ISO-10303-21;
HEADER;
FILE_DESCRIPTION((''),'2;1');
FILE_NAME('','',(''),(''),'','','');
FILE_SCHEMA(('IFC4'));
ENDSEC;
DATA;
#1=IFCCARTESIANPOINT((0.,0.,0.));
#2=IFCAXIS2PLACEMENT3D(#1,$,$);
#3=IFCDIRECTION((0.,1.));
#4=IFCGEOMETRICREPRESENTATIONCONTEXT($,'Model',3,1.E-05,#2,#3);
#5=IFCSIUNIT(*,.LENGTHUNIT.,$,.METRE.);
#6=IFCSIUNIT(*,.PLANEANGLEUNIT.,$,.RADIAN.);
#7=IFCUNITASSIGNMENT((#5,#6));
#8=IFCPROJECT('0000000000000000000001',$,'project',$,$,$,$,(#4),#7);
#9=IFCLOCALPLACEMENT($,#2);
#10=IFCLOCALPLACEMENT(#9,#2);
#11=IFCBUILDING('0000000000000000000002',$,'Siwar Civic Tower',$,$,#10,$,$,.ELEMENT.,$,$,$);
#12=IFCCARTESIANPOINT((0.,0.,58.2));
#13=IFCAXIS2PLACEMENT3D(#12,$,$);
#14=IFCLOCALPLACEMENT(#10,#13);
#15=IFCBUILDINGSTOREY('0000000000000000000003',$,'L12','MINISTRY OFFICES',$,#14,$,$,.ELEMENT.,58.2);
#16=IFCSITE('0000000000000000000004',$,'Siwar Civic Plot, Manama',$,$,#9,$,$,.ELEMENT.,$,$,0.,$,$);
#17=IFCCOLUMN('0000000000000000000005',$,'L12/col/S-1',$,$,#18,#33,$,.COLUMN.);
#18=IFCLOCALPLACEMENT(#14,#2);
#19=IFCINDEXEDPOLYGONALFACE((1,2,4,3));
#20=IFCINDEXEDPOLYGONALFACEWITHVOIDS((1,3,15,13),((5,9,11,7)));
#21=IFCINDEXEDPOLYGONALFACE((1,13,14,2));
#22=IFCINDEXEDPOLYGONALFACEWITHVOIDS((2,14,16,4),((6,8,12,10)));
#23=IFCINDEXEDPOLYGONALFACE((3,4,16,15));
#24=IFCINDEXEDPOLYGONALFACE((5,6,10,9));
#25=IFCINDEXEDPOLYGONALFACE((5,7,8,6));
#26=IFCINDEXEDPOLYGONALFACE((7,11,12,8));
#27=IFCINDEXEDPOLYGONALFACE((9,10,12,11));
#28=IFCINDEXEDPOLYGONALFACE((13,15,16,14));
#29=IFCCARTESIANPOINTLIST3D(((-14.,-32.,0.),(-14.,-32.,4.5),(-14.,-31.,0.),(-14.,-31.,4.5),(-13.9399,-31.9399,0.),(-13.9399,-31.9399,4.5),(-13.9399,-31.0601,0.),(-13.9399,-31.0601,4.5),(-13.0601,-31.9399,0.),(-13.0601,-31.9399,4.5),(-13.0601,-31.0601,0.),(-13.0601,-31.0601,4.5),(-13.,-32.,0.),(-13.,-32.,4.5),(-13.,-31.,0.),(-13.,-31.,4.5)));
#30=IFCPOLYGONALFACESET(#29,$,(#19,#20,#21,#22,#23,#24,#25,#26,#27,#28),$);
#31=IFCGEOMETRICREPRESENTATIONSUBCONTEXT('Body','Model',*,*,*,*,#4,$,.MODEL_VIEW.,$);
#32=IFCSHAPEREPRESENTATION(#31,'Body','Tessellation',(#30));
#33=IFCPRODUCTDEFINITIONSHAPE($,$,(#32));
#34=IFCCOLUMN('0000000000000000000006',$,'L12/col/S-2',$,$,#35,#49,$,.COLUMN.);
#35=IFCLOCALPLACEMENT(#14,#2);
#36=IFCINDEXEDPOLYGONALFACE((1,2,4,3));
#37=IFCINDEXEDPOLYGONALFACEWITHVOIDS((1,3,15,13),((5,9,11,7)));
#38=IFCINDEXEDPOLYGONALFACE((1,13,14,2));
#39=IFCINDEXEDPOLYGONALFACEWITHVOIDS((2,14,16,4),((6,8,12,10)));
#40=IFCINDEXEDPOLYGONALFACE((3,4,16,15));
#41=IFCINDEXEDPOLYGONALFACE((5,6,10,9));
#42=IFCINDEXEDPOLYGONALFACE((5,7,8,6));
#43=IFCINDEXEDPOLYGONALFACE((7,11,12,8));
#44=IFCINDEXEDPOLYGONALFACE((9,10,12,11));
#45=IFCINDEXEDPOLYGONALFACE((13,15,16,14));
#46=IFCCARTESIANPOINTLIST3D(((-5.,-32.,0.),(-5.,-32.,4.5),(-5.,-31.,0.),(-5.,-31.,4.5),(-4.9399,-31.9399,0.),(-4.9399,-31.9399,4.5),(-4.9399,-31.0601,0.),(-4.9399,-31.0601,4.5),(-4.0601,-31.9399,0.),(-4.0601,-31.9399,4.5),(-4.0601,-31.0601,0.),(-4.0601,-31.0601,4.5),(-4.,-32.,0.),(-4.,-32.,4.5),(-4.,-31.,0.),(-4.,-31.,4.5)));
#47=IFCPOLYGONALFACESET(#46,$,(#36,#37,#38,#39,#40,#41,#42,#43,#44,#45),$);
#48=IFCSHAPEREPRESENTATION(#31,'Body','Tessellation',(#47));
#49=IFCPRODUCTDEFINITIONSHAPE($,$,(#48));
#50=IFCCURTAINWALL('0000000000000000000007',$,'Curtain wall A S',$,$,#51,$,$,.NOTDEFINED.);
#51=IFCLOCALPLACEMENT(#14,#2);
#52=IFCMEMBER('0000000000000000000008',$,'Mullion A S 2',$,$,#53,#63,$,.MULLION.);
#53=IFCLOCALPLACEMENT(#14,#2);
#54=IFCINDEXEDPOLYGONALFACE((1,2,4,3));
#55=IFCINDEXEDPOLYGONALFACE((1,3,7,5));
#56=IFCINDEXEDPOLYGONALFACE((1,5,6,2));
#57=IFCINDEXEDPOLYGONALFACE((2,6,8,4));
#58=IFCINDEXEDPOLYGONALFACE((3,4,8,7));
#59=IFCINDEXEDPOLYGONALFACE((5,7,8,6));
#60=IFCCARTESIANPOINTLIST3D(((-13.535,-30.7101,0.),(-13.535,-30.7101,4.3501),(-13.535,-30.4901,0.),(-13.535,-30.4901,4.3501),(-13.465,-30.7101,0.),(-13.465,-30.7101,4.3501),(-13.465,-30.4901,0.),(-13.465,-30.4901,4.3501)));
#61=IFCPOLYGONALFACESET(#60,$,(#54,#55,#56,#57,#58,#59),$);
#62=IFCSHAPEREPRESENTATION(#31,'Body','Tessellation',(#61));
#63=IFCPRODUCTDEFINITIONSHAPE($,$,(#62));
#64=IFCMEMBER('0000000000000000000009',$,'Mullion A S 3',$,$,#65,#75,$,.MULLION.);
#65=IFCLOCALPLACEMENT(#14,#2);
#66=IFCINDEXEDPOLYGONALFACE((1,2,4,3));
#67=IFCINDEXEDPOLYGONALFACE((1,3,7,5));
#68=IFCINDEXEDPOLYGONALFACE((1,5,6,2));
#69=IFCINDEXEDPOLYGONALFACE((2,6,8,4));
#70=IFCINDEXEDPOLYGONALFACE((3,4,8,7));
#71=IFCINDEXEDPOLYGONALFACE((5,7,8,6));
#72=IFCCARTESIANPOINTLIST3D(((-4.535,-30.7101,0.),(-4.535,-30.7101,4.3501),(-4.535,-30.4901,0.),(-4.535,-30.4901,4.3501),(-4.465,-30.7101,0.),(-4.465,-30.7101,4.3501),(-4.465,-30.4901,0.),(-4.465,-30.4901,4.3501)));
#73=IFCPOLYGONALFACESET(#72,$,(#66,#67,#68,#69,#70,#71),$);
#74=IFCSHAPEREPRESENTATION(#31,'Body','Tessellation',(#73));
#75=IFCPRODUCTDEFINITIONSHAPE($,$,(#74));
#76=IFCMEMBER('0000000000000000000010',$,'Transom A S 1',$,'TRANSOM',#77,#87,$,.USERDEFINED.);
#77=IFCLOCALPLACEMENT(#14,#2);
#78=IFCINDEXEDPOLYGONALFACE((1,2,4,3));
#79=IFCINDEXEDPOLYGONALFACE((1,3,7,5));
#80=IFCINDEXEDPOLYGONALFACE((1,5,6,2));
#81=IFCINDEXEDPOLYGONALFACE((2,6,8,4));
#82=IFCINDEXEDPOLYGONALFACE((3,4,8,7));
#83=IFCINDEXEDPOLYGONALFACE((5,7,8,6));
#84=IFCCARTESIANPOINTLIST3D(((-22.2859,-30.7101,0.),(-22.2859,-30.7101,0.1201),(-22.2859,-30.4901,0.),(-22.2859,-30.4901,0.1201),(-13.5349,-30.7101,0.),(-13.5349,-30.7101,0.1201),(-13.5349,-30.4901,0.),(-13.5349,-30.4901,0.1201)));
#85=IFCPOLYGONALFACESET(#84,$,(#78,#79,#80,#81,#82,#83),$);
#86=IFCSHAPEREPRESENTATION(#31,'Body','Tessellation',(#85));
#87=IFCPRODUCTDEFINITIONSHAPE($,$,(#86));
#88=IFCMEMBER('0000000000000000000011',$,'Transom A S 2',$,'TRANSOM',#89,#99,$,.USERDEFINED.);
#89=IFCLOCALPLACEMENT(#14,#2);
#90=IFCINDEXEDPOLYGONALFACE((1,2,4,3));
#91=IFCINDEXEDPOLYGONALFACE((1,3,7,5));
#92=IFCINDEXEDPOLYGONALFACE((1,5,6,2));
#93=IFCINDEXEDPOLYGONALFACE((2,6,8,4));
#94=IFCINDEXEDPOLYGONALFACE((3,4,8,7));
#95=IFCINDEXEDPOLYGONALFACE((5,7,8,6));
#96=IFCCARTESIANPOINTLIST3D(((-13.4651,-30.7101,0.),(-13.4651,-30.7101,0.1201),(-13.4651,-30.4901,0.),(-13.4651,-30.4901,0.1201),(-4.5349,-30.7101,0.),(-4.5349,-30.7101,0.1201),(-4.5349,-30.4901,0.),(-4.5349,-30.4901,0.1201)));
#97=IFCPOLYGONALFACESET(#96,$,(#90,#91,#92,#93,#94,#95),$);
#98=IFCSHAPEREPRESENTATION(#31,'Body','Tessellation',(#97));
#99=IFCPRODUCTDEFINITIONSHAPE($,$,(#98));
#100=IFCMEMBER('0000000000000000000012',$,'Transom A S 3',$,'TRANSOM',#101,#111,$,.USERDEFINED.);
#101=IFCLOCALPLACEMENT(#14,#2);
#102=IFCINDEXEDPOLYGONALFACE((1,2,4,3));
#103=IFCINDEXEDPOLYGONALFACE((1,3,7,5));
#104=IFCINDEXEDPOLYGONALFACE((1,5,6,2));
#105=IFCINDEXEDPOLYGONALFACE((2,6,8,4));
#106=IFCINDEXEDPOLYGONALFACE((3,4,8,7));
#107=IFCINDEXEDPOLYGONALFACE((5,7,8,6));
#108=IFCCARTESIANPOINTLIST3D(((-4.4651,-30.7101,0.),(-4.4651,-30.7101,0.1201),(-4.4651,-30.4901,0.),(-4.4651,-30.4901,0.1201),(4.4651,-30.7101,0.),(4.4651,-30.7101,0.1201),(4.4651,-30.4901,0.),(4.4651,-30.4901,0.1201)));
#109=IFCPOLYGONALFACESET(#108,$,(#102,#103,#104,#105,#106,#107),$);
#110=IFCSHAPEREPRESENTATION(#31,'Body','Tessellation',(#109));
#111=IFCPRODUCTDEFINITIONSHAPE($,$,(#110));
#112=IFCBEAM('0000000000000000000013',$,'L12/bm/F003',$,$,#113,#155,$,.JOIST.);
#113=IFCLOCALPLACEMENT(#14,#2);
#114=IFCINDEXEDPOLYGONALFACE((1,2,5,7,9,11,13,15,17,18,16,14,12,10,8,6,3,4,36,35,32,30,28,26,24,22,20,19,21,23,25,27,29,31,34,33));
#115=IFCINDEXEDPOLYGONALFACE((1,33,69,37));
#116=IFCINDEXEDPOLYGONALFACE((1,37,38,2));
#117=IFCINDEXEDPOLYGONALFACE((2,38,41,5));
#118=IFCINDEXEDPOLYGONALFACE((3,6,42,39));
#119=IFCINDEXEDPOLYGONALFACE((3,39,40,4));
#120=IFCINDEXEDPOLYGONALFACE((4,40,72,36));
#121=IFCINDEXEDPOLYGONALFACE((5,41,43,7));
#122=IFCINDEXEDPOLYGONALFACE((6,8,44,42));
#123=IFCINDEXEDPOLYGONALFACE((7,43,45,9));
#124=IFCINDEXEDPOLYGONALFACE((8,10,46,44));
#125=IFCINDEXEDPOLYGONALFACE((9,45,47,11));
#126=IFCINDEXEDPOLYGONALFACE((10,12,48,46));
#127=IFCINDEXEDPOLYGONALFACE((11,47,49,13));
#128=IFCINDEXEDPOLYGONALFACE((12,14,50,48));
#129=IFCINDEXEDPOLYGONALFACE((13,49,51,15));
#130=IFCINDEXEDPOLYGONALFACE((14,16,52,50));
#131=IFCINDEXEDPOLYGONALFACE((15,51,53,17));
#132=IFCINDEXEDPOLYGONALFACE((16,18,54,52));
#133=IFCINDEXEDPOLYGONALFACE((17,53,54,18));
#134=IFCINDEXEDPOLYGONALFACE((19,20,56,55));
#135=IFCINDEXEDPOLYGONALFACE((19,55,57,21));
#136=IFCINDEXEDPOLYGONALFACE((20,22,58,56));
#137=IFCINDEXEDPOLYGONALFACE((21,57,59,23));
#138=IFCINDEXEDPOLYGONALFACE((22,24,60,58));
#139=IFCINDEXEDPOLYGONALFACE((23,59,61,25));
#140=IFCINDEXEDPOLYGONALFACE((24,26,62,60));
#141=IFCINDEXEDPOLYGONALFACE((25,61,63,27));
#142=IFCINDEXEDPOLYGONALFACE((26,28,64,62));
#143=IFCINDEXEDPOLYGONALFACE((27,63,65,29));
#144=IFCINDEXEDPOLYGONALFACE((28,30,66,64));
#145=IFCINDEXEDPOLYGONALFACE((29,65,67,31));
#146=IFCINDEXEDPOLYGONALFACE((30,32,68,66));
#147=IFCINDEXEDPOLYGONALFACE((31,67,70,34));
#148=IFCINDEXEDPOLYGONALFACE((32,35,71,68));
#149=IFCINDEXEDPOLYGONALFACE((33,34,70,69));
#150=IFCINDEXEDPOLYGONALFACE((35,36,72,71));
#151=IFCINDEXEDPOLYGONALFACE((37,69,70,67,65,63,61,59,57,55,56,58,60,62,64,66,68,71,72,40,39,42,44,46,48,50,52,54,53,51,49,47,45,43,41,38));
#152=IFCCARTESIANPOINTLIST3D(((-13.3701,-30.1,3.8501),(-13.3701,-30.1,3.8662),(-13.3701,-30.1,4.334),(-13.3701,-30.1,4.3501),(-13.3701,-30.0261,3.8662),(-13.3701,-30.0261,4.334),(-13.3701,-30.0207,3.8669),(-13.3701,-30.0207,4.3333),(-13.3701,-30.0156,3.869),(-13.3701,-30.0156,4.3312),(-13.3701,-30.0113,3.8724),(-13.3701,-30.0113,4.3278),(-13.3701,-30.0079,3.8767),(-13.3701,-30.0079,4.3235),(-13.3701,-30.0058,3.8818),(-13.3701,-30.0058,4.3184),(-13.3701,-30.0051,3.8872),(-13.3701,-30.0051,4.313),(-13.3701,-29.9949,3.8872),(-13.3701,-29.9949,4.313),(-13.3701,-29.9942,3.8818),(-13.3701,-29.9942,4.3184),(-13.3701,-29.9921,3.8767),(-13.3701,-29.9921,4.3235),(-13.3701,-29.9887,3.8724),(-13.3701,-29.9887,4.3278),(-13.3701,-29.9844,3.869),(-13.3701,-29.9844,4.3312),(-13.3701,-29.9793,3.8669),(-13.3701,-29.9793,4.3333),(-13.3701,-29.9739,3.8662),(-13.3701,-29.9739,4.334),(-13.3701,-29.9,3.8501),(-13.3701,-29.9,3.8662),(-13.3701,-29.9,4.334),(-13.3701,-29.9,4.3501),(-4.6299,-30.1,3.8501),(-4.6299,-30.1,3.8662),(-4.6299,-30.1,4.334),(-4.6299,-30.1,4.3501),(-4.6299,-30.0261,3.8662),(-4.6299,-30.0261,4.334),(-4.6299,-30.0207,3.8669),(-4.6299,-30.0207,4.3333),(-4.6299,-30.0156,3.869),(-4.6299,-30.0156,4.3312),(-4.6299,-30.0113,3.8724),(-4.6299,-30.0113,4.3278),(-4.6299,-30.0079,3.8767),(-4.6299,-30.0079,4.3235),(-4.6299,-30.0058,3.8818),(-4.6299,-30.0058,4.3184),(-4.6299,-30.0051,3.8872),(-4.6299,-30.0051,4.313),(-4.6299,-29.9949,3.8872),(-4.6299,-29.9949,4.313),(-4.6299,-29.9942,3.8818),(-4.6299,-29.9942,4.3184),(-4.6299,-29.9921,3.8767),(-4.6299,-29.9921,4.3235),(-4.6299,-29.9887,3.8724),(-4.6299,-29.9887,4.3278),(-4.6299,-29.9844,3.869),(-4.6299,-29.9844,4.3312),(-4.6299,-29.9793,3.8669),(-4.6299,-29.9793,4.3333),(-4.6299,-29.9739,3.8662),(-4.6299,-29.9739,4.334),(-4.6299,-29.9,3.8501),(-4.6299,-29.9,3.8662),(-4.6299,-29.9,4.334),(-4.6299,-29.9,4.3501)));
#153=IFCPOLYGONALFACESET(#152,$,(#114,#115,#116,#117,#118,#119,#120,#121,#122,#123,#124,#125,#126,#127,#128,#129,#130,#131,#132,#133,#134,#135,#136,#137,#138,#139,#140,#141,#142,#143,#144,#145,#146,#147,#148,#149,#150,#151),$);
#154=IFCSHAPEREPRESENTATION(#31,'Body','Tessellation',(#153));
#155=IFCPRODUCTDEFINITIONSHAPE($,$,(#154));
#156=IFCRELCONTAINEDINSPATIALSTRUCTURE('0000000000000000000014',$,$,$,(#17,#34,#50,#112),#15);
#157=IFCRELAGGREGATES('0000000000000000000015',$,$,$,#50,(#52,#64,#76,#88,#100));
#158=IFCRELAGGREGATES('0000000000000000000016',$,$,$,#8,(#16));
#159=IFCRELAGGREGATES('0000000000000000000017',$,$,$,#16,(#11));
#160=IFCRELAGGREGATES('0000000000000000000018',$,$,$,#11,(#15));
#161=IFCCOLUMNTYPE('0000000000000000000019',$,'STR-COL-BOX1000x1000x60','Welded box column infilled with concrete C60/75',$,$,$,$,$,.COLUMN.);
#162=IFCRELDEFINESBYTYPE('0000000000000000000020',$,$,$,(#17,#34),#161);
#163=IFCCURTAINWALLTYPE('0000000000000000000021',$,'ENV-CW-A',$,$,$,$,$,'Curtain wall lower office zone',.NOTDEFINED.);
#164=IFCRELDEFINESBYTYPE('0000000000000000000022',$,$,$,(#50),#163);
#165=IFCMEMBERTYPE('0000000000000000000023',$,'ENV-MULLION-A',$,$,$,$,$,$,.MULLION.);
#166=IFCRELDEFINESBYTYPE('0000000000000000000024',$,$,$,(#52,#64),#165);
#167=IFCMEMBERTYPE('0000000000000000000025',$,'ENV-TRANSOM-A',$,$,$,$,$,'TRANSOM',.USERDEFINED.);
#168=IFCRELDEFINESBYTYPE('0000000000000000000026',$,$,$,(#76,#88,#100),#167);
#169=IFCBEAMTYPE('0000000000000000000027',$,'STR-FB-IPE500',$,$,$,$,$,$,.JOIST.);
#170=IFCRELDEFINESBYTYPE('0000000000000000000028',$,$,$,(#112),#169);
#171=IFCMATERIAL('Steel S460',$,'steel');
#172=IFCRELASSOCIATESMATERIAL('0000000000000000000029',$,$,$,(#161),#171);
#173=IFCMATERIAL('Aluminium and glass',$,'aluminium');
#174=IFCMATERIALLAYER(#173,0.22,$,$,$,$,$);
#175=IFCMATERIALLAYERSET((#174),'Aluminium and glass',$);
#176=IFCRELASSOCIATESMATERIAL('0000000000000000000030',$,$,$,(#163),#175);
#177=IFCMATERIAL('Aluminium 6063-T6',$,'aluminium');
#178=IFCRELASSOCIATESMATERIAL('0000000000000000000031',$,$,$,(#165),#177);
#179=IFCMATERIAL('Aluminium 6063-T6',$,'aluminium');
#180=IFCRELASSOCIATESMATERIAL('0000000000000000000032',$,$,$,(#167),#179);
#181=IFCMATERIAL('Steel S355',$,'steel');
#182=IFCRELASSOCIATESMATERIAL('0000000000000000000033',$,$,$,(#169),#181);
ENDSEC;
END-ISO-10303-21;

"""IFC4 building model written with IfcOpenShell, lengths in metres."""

from ifc_helpers import new_model, si_unit, direction, frame, origin, origin_2d, place, context, subcontext, project, spatial, rectangle, hollow_rectangle, i_section, extrude, material, layer, layer_set, material_profile, profile_set, type_object, element, aggregate, save


model = new_model("IFC4")

# Units and contexts
model_context = context("Model", 3, precision=1e-05, world=origin(), true_north=direction((0.0, 1.0)))
body_context = subcontext(model_context, "Body", "Model", "MODEL_VIEW")
ifc_project = project(units=[si_unit("LENGTHUNIT", "METRE"), si_unit("PLANEANGLEUNIT", "RADIAN")], contexts=[model_context])

# Site, building, storey
site_placement = place(None, origin())
site = spatial("IfcSite", under=ifc_project, at=site_placement, Name="Siwar Civic Plot, Manama", CompositionType="ELEMENT", RefElevation=0.0)
building_placement = place(site_placement, origin())
building = spatial("IfcBuilding", under=site, at=building_placement, Name="Siwar Civic Tower", CompositionType="ELEMENT")
storey_placement = place(building_placement, frame((0.0, 0.0, 58.2)))
storey = spatial("IfcBuildingStorey", under=building, at=storey_placement, Name="L12", Description="MINISTRY OFFICES", CompositionType="ELEMENT", Elevation=58.2)

# Columns
ifc_material_1 = material(Name="Steel S460", Category="steel")
ifc_material_profile_1 = material_profile(ifc_material_1, hollow_rectangle(XDim=1.0, YDim=1.0, WallThickness=0.0601, at=origin_2d()), Name="BOX1000x1000x60")
ifc_profile_set_1 = profile_set([ifc_material_profile_1], Name="Steel S460")
column_type = type_object("IfcColumnType", Name="STR-COL-BOX1000x1000x60", Description="Welded box column infilled with concrete C60/75", PredefinedType="COLUMN", material=ifc_profile_set_1)
for number, where, z_axis, x_axis, name in (
    (1, (-13.5, -31.5, 0.0), (0.0, 0.0, 1.0), (1.0, 0.0, 0.0), "L12/col/S-1"),
    (2, (-4.5, -31.5, 0.0), (0.0, 0.0, 1.0), (1.0, 0.0, 0.0), "L12/col/S-2"),
):
    element("IfcColumn", number, at=place(storey_placement, frame(where, z_axis=z_axis, x_axis=x_axis)), inside=storey, type_object=column_type, Name=name, PredefinedType="COLUMN", context=body_context, shape_type="SweptSolid", body=[
        extrude(hollow_rectangle(XDim=1.0, YDim=1.0, WallThickness=0.0601, at=origin_2d()), origin(), (0.0, 0.0, 1.0), 4.5),
    ])

# Curtain wall, members
ifc_material_2 = material(Name="Aluminium and glass", Category="aluminium")
ifc_layer_1 = layer(ifc_material_2, 0.22)
ifc_layer_set_1 = layer_set([ifc_layer_1], Name="Aluminium and glass")
curtain_wall_type = type_object("IfcCurtainWallType", Name="ENV-CW-A", ElementType="Curtain wall lower office zone", PredefinedType="NOTDEFINED", material=ifc_layer_set_1)
curtain_wall_placement = place(storey_placement, origin())
curtain_wall = element("IfcCurtainWall", 3, at=curtain_wall_placement, inside=storey, type_object=curtain_wall_type, Name="Curtain wall A S", PredefinedType="NOTDEFINED")
ifc_material_3 = material(Name="Aluminium 6063-T6", Category="aluminium")
ifc_material_profile_2 = material_profile(ifc_material_3, rectangle(XDim=0.22, YDim=0.0701, at=origin_2d()), Name="AL 220x70")
ifc_profile_set_2 = profile_set([ifc_material_profile_2], Name="Aluminium 6063-T6")
member_type_1 = type_object("IfcMemberType", Name="ENV-MULLION-A", PredefinedType="MULLION", material=ifc_profile_set_2)
member_1_placement = place(storey_placement, frame((-13.5, -30.6001, 0.0), z_axis=(0.0, 0.0, 1.0), x_axis=(0.0, 1.0, 0.0)))
member_1 = element("IfcMember", 4, at=member_1_placement, type_object=member_type_1, Name="Mullion A S 2", PredefinedType="MULLION", context=body_context, shape_type="SweptSolid", body=[
    extrude(rectangle(XDim=0.22, YDim=0.0701, at=origin_2d()), origin(), (0.0, 0.0, 1.0), 4.3501),
])
member_2_placement = place(storey_placement, frame((-4.5, -30.6001, 0.0), z_axis=(0.0, 0.0, 1.0), x_axis=(0.0, 1.0, 0.0)))
member_2 = element("IfcMember", 5, at=member_2_placement, type_object=member_type_1, Name="Mullion A S 3", PredefinedType="MULLION", context=body_context, shape_type="SweptSolid", body=[
    extrude(rectangle(XDim=0.22, YDim=0.0701, at=origin_2d()), origin(), (0.0, 0.0, 1.0), 4.3501),
])
ifc_material_4 = material(Name="Aluminium 6063-T6", Category="aluminium")
ifc_material_profile_3 = material_profile(ifc_material_4, rectangle(XDim=0.22, YDim=0.1201, at=origin_2d()), Name="AL 220x120")
ifc_profile_set_3 = profile_set([ifc_material_profile_3], Name="Aluminium 6063-T6")
member_type_2 = type_object("IfcMemberType", Name="ENV-TRANSOM-A", ElementType="TRANSOM", PredefinedType="USERDEFINED", material=ifc_profile_set_3)
member_3_placement = place(storey_placement, frame((-22.2859, -30.6001, 0.0601), z_axis=(1.0, 0.0, 0.0), x_axis=(0.0, 1.0, 0.0)))
member_3 = element("IfcMember", 6, at=member_3_placement, type_object=member_type_2, Name="Transom A S 1", ObjectType="TRANSOM", PredefinedType="USERDEFINED", context=body_context, shape_type="SweptSolid", body=[
    extrude(rectangle(XDim=0.22, YDim=0.1201, at=origin_2d()), origin(), (0.0, 0.0, 1.0), 8.751),
])
member_4_placement = place(storey_placement, frame((-13.4651, -30.6001, 0.0601), z_axis=(1.0, 0.0, 0.0), x_axis=(0.0, 1.0, 0.0)))
member_4 = element("IfcMember", 7, at=member_4_placement, type_object=member_type_2, Name="Transom A S 2", ObjectType="TRANSOM", PredefinedType="USERDEFINED", context=body_context, shape_type="SweptSolid", body=[
    extrude(rectangle(XDim=0.22, YDim=0.1201, at=origin_2d()), origin(), (0.0, 0.0, 1.0), 8.9302),
])
member_5_placement = place(storey_placement, frame((-4.4651, -30.6001, 0.0601), z_axis=(1.0, 0.0, 0.0), x_axis=(0.0, 1.0, 0.0)))
member_5 = element("IfcMember", 8, at=member_5_placement, type_object=member_type_2, Name="Transom A S 3", ObjectType="TRANSOM", PredefinedType="USERDEFINED", context=body_context, shape_type="SweptSolid", body=[
    extrude(rectangle(XDim=0.22, YDim=0.1201, at=origin_2d()), origin(), (0.0, 0.0, 1.0), 8.9302),
])

# Beam
ifc_material_5 = material(Name="Steel S355", Category="steel")
ifc_material_profile_4 = material_profile(ifc_material_5, i_section(OverallWidth=0.2, OverallDepth=0.5, WebThickness=0.0103, FlangeThickness=0.0161, FilletRadius=0.021, at=origin_2d()), Name="IPE500")
ifc_profile_set_4 = profile_set([ifc_material_profile_4], Name="Steel S355")
beam_type_1 = type_object("IfcBeamType", Name="STR-FB-IPE500", PredefinedType="JOIST", material=ifc_profile_set_4)
for number, where, z_axis, x_axis, name in (
    (9, (-13.3701, -30.0, 4.1001), (1.0, 0.0, 0.0), (0.0, 1.0, 0.0), "L12/bm/F003"),
):
    element("IfcBeam", number, at=place(storey_placement, frame(where, z_axis=z_axis, x_axis=x_axis)), inside=storey, type_object=beam_type_1, Name=name, PredefinedType="JOIST", context=body_context, shape_type="SweptSolid", body=[
        extrude(i_section(OverallWidth=0.2, OverallDepth=0.5, WebThickness=0.0103, FlangeThickness=0.0161, FilletRadius=0.021, at=origin_2d()), origin(), (0.0, 0.0, 1.0), 8.7402),
    ])

aggregate(curtain_wall, [member_1, member_2, member_3, member_4, member_5])

save(model, "model.ifc")
